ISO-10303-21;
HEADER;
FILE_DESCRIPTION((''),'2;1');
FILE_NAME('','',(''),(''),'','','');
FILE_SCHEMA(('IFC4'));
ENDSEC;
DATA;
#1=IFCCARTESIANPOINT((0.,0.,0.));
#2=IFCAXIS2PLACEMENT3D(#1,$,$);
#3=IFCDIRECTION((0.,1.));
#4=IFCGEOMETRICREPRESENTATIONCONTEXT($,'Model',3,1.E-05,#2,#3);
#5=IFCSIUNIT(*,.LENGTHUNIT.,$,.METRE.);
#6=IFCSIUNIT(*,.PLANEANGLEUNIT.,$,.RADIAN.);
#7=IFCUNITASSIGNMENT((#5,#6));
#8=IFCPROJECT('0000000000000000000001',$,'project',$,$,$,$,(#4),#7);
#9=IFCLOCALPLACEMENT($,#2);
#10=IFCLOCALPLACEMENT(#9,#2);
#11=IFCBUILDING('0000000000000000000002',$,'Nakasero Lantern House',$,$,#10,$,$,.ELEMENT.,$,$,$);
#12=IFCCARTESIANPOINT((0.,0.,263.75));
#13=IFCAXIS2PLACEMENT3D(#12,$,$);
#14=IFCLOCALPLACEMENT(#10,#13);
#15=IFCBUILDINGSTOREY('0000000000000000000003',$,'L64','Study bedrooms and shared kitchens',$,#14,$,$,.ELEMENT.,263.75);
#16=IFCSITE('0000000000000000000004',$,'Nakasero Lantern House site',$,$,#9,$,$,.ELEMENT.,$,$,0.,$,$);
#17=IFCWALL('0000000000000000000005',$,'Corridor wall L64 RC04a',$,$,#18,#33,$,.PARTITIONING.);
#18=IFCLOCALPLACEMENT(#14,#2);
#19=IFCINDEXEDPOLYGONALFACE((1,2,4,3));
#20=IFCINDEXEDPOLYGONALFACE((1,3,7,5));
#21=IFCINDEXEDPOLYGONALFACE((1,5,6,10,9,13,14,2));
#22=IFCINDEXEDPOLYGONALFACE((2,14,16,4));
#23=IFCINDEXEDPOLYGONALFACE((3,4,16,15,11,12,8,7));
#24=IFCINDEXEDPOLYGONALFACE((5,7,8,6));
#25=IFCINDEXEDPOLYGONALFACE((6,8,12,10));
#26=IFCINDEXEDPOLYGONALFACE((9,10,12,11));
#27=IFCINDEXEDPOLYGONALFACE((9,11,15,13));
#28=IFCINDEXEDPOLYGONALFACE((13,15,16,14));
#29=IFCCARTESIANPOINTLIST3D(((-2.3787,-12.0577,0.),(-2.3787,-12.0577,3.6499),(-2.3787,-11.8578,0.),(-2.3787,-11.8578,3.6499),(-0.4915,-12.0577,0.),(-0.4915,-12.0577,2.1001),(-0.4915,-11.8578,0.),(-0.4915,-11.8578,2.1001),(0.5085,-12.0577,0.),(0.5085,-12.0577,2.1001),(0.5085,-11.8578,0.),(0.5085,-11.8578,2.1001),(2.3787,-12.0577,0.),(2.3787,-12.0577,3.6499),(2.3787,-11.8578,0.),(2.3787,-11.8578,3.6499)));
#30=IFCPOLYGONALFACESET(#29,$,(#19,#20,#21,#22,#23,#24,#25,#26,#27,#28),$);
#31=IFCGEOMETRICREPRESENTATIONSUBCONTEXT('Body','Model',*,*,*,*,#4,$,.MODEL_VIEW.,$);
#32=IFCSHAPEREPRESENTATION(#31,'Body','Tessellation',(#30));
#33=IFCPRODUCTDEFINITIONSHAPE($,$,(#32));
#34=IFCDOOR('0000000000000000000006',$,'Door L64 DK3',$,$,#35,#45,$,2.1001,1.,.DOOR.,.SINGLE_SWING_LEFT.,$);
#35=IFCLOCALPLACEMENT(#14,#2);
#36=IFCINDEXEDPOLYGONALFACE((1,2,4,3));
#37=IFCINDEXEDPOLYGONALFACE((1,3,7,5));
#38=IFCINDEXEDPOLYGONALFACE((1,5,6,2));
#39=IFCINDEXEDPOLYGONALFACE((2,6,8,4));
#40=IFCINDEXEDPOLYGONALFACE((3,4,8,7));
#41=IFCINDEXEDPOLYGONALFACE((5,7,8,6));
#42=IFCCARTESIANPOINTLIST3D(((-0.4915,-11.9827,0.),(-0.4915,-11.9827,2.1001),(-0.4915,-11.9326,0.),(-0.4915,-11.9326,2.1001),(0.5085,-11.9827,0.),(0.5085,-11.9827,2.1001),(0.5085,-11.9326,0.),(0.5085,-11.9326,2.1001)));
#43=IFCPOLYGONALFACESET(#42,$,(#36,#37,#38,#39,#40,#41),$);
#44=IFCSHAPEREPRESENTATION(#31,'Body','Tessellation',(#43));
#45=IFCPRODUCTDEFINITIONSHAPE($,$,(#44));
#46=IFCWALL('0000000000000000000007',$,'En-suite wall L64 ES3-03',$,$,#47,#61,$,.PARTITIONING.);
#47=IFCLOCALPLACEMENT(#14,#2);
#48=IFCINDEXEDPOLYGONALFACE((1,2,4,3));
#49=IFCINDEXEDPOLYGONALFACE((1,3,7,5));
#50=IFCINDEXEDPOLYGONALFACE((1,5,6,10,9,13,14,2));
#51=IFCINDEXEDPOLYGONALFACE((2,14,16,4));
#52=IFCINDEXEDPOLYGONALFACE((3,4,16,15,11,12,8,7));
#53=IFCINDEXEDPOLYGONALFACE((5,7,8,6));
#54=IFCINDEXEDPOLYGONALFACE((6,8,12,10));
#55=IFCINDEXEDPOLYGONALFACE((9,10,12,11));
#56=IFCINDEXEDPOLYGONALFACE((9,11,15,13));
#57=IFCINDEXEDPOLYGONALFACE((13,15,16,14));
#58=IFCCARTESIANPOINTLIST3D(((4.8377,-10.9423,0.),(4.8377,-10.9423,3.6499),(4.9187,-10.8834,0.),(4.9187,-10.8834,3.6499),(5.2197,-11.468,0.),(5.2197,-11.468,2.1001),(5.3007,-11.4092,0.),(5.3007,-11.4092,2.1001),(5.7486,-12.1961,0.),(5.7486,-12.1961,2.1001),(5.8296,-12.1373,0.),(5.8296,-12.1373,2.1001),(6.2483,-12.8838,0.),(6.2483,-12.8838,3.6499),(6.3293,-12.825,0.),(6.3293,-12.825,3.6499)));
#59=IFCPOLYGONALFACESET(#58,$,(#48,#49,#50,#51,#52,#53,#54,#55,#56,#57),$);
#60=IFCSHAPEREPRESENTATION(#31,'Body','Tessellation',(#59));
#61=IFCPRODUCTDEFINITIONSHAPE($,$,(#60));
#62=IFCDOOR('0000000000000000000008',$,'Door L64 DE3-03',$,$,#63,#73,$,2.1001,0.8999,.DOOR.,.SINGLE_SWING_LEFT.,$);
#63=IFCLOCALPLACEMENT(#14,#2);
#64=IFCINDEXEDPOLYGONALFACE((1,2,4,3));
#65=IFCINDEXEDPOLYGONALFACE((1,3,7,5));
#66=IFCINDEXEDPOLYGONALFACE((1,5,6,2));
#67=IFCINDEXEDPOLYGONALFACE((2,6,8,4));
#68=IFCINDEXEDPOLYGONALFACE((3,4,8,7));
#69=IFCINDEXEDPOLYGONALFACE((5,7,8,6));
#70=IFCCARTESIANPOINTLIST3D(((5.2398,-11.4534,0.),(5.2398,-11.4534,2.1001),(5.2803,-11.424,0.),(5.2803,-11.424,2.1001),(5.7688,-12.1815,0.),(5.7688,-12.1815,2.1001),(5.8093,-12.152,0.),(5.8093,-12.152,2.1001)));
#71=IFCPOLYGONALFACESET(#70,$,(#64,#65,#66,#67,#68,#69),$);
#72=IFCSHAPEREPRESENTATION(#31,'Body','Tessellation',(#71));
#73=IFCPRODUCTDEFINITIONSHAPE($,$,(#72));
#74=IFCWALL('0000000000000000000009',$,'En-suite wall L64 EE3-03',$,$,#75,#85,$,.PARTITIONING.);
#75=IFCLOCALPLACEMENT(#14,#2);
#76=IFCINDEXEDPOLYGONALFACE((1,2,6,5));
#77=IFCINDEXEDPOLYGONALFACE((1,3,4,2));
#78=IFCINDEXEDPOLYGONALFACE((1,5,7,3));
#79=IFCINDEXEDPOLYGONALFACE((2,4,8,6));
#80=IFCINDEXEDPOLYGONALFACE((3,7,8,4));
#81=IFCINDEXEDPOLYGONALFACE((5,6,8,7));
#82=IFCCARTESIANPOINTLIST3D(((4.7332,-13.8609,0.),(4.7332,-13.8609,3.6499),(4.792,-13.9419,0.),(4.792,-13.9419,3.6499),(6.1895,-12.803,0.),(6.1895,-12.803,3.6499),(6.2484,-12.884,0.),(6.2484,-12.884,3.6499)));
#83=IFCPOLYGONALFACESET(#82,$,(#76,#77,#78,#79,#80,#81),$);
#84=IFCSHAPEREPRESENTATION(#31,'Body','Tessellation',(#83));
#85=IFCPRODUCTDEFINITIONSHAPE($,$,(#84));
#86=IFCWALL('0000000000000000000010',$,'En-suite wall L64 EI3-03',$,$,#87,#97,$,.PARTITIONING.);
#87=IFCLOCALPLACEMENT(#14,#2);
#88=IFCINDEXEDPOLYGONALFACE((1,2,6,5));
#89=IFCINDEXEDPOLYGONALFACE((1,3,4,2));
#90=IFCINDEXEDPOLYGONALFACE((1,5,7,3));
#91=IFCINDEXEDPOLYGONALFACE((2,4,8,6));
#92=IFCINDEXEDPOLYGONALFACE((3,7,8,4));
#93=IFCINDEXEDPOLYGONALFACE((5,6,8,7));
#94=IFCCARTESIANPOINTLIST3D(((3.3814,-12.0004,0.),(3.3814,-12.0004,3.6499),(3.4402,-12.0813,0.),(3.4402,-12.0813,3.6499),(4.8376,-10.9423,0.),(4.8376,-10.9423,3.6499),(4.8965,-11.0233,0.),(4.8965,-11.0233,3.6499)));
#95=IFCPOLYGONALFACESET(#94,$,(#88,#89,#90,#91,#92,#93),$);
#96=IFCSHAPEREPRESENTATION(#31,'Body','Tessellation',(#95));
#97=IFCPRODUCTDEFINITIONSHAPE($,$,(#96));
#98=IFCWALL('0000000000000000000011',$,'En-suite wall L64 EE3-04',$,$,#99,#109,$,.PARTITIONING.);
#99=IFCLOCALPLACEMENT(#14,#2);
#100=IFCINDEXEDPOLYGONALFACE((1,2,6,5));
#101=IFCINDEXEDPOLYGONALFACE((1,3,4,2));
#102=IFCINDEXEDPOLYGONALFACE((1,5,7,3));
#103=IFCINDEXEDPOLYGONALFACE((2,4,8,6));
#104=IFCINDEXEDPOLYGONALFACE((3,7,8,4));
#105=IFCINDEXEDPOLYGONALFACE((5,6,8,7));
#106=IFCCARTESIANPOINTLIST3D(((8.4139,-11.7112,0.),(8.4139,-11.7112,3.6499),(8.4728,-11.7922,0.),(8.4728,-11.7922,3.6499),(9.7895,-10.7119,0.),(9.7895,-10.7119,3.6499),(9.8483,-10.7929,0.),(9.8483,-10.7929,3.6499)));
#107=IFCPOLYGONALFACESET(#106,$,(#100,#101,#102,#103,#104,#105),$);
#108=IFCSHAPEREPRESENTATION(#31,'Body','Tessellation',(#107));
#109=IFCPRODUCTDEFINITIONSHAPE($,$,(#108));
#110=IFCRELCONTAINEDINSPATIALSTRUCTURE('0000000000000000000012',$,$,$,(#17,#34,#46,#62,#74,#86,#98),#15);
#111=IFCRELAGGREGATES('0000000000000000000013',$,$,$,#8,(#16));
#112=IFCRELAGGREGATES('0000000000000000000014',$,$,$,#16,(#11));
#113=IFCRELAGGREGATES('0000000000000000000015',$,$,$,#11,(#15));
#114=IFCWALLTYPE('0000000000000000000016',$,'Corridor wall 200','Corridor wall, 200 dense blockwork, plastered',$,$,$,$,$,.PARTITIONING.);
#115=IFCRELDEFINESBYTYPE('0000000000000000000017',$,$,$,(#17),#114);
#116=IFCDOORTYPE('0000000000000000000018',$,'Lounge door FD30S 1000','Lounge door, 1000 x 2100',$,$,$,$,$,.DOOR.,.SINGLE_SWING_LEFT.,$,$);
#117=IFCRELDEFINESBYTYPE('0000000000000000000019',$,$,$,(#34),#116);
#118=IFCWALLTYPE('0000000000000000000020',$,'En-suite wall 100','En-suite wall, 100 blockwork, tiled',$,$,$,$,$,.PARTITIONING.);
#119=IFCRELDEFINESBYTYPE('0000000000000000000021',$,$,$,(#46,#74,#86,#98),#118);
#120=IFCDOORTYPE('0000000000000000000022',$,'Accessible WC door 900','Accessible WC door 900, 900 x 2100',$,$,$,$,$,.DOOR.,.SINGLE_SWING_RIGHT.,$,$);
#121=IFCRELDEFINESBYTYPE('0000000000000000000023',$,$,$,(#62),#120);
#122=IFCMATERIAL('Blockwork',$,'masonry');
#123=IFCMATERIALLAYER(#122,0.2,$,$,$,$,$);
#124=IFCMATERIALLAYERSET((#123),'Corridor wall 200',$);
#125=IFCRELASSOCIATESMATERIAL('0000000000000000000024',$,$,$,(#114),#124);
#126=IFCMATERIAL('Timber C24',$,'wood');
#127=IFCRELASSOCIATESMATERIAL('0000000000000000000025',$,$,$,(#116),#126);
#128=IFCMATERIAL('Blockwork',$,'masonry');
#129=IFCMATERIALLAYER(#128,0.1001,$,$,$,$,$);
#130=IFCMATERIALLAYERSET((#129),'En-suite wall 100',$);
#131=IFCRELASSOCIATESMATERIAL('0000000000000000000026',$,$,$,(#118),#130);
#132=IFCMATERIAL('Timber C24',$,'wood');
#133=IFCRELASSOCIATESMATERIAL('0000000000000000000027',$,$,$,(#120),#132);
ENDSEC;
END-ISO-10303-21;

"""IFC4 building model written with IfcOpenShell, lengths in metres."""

from ifc_helpers import new_model, si_unit, direction, frame, frame_2d, origin, place, context, subcontext, project, spatial, rectangle, extrude, material, layer, layer_set, type_object, element, fill, save


model = new_model("IFC4")

# Units and contexts
model_context = context("Model", 3, precision=1e-05, world=origin(), true_north=direction((0.0, 1.0)))
body_context = subcontext(model_context, "Body", "Model", "MODEL_VIEW")
ifc_project = project(units=[si_unit("LENGTHUNIT", "METRE"), si_unit("PLANEANGLEUNIT", "RADIAN")], contexts=[model_context])

# Site, building, storey
site_placement = place(None, origin())
site = spatial("IfcSite", under=ifc_project, at=site_placement, Name="Nakasero Lantern House site", CompositionType="ELEMENT", RefElevation=0.0)
building_placement = place(site_placement, origin())
building = spatial("IfcBuilding", under=site, at=building_placement, Name="Nakasero Lantern House", CompositionType="ELEMENT")
storey_placement = place(building_placement, frame((0.0, 0.0, 263.75)))
storey = spatial("IfcBuildingStorey", under=building, at=storey_placement, Name="L64", Description="Study bedrooms and shared kitchens", CompositionType="ELEMENT", Elevation=263.75)

# Walls, openings, doors
ifc_material_1 = material(Name="Blockwork", Category="masonry")
ifc_layer_1 = layer(ifc_material_1, 0.2)
ifc_layer_set_1 = layer_set([ifc_layer_1], Name="Corridor wall 200")
wall_type_1 = type_object("IfcWallType", Name="Corridor wall 200", Description="Corridor wall, 200 dense blockwork, plastered", PredefinedType="PARTITIONING", material=ifc_layer_set_1)
wall_1_placement = place(storey_placement, frame((2.3787, -11.9578, 0.0), z_axis=(0.0, 0.0, 1.0), x_axis=(-1.0, 0.0, 0.0)))
wall_1 = element("IfcWall", 1, at=wall_1_placement, inside=storey, type_object=wall_type_1, Name="Corridor wall L64 RC04a", PredefinedType="PARTITIONING", context=body_context, shape_type="SweptSolid", body=[
    extrude(rectangle(XDim=4.7573, YDim=0.2, at=frame_2d((2.3787, 0.0))), origin(), (0.0, 0.0, 1.0), 3.6499),
])
opening_1_placement = place(wall_1_placement, frame((1.8701, 0.0, 0.0)))
opening_1 = element("IfcOpeningElement", 2, at=opening_1_placement, cuts=wall_1, PredefinedType="OPENING", context=body_context, shape_type="SweptSolid", body=[
    extrude(rectangle(XDim=1.0, YDim=2.1001, at=frame_2d((0.5, 1.05))), frame((0.0, 0.1199, 0.0), z_axis=(0.0, -1.0, 0.0), x_axis=(1.0, 0.0, 0.0)), (0.0, 0.0, 1.0), 0.24),
])
ifc_material_2 = material(Name="Timber C24", Category="wood")
door_type_1 = type_object("IfcDoorType", Name="Lounge door FD30S 1000", Description="Lounge door, 1000 x 2100", OperationType="SINGLE_SWING_LEFT", PredefinedType="DOOR", material=ifc_material_2)
door_1_placement = place(opening_1_placement, origin())
door_1 = element("IfcDoor", 3, at=door_1_placement, inside=storey, type_object=door_type_1, Name="Door L64 DK3", OperationType="SINGLE_SWING_LEFT", OverallHeight=2.1001, OverallWidth=1.0, PredefinedType="DOOR", context=body_context, shape_type="SweptSolid", body=[
    extrude(rectangle(XDim=1.0, YDim=2.1001, at=frame_2d((0.5, 1.05))), frame((0.0, 0.0249, 0.0), z_axis=(0.0, -1.0, 0.0), x_axis=(1.0, 0.0, 0.0)), (0.0, 0.0, 1.0), 0.05),
])
fill(opening_1, door_1)
ifc_material_3 = material(Name="Blockwork", Category="masonry")
ifc_layer_2 = layer(ifc_material_3, 0.1001)
ifc_layer_set_2 = layer_set([ifc_layer_2], Name="En-suite wall 100")
wall_type_2 = type_object("IfcWallType", Name="En-suite wall 100", Description="En-suite wall, 100 blockwork, tiled", PredefinedType="PARTITIONING", material=ifc_layer_set_2)
wall_2_placement = place(storey_placement, frame((4.8782, -10.9128, 0.0), z_axis=(0.0, 0.0, 1.0), x_axis=(0.587772, -0.809026, 0.0)))
wall_2 = element("IfcWall", 4, at=wall_2_placement, inside=storey, type_object=wall_type_2, Name="En-suite wall L64 ES3-03", PredefinedType="PARTITIONING", context=body_context, shape_type="SweptSolid", body=[
    extrude(rectangle(XDim=2.3999, YDim=0.1001, at=frame_2d((1.2, 0.0))), origin(), (0.0, 0.0, 1.0), 3.6499),
])
opening_2_placement = place(wall_2_placement, frame((0.6499, 0.0, 0.0)))
opening_2 = element("IfcOpeningElement", 5, at=opening_2_placement, cuts=wall_2, PredefinedType="OPENING", context=body_context, shape_type="SweptSolid", body=[
    extrude(rectangle(XDim=0.8999, YDim=2.1001, at=frame_2d((0.45, 1.05))), frame((0.0, 0.0701, 0.0), z_axis=(0.0, -1.0, 0.0), x_axis=(1.0, 0.0, 0.0)), (0.0, 0.0, 1.0), 0.1401),
])
ifc_material_4 = material(Name="Timber C24", Category="wood")
door_type_2 = type_object("IfcDoorType", Name="Accessible WC door 900", Description="Accessible WC door 900, 900 x 2100", OperationType="SINGLE_SWING_RIGHT", PredefinedType="DOOR", material=ifc_material_4)
door_2_placement = place(opening_2_placement, origin())
door_2 = element("IfcDoor", 6, at=door_2_placement, inside=storey, type_object=door_type_2, Name="Door L64 DE3-03", OperationType="SINGLE_SWING_LEFT", OverallHeight=2.1001, OverallWidth=0.8999, PredefinedType="DOOR", context=body_context, shape_type="SweptSolid", body=[
    extrude(rectangle(XDim=0.8999, YDim=2.1001, at=frame_2d((0.45, 1.05))), frame((0.0, 0.0249, 0.0), z_axis=(0.0, -1.0, 0.0), x_axis=(1.0, 0.0, 0.0)), (0.0, 0.0, 1.0), 0.05),
])
fill(opening_2, door_2)

# Walls
for number, where, z_axis, x_axis, name in (
    (7, (4.7627, -13.9014, 0.0), (0.0, 0.0, 1.0), (0.80907, 0.587712, 0.0), "En-suite wall L64 EE3-03"),
    (8, (3.4109, -12.0408, 0.0), (0.0, 0.0, 1.0), (0.809006, 0.587801, 0.0), "En-suite wall L64 EI3-03"),
):
    element("IfcWall", number, at=place(storey_placement, frame(where, z_axis=z_axis, x_axis=x_axis)), inside=storey, type_object=wall_type_2, Name=name, PredefinedType="PARTITIONING", context=body_context, shape_type="SweptSolid", body=[
        extrude(rectangle(XDim=1.8, YDim=0.1001, at=frame_2d((0.8999, 0.0))), origin(), (0.0, 0.0, 1.0), 3.6499),
    ])
wall_3_placement = place(storey_placement, frame((8.4434, -11.7517, 0.0), z_axis=(0.0, 0.0, 1.0), x_axis=(0.80904, 0.587753, 0.0)))
element("IfcWall", 9, at=wall_3_placement, inside=storey, type_object=wall_type_2, Name="En-suite wall L64 EE3-04", PredefinedType="PARTITIONING", context=body_context, shape_type="SweptSolid", body=[
    extrude(rectangle(XDim=1.7002, YDim=0.1001, at=frame_2d((0.8501, 0.0))), origin(), (0.0, 0.0, 1.0), 3.6499),
])

save(model, "model.ifc")
